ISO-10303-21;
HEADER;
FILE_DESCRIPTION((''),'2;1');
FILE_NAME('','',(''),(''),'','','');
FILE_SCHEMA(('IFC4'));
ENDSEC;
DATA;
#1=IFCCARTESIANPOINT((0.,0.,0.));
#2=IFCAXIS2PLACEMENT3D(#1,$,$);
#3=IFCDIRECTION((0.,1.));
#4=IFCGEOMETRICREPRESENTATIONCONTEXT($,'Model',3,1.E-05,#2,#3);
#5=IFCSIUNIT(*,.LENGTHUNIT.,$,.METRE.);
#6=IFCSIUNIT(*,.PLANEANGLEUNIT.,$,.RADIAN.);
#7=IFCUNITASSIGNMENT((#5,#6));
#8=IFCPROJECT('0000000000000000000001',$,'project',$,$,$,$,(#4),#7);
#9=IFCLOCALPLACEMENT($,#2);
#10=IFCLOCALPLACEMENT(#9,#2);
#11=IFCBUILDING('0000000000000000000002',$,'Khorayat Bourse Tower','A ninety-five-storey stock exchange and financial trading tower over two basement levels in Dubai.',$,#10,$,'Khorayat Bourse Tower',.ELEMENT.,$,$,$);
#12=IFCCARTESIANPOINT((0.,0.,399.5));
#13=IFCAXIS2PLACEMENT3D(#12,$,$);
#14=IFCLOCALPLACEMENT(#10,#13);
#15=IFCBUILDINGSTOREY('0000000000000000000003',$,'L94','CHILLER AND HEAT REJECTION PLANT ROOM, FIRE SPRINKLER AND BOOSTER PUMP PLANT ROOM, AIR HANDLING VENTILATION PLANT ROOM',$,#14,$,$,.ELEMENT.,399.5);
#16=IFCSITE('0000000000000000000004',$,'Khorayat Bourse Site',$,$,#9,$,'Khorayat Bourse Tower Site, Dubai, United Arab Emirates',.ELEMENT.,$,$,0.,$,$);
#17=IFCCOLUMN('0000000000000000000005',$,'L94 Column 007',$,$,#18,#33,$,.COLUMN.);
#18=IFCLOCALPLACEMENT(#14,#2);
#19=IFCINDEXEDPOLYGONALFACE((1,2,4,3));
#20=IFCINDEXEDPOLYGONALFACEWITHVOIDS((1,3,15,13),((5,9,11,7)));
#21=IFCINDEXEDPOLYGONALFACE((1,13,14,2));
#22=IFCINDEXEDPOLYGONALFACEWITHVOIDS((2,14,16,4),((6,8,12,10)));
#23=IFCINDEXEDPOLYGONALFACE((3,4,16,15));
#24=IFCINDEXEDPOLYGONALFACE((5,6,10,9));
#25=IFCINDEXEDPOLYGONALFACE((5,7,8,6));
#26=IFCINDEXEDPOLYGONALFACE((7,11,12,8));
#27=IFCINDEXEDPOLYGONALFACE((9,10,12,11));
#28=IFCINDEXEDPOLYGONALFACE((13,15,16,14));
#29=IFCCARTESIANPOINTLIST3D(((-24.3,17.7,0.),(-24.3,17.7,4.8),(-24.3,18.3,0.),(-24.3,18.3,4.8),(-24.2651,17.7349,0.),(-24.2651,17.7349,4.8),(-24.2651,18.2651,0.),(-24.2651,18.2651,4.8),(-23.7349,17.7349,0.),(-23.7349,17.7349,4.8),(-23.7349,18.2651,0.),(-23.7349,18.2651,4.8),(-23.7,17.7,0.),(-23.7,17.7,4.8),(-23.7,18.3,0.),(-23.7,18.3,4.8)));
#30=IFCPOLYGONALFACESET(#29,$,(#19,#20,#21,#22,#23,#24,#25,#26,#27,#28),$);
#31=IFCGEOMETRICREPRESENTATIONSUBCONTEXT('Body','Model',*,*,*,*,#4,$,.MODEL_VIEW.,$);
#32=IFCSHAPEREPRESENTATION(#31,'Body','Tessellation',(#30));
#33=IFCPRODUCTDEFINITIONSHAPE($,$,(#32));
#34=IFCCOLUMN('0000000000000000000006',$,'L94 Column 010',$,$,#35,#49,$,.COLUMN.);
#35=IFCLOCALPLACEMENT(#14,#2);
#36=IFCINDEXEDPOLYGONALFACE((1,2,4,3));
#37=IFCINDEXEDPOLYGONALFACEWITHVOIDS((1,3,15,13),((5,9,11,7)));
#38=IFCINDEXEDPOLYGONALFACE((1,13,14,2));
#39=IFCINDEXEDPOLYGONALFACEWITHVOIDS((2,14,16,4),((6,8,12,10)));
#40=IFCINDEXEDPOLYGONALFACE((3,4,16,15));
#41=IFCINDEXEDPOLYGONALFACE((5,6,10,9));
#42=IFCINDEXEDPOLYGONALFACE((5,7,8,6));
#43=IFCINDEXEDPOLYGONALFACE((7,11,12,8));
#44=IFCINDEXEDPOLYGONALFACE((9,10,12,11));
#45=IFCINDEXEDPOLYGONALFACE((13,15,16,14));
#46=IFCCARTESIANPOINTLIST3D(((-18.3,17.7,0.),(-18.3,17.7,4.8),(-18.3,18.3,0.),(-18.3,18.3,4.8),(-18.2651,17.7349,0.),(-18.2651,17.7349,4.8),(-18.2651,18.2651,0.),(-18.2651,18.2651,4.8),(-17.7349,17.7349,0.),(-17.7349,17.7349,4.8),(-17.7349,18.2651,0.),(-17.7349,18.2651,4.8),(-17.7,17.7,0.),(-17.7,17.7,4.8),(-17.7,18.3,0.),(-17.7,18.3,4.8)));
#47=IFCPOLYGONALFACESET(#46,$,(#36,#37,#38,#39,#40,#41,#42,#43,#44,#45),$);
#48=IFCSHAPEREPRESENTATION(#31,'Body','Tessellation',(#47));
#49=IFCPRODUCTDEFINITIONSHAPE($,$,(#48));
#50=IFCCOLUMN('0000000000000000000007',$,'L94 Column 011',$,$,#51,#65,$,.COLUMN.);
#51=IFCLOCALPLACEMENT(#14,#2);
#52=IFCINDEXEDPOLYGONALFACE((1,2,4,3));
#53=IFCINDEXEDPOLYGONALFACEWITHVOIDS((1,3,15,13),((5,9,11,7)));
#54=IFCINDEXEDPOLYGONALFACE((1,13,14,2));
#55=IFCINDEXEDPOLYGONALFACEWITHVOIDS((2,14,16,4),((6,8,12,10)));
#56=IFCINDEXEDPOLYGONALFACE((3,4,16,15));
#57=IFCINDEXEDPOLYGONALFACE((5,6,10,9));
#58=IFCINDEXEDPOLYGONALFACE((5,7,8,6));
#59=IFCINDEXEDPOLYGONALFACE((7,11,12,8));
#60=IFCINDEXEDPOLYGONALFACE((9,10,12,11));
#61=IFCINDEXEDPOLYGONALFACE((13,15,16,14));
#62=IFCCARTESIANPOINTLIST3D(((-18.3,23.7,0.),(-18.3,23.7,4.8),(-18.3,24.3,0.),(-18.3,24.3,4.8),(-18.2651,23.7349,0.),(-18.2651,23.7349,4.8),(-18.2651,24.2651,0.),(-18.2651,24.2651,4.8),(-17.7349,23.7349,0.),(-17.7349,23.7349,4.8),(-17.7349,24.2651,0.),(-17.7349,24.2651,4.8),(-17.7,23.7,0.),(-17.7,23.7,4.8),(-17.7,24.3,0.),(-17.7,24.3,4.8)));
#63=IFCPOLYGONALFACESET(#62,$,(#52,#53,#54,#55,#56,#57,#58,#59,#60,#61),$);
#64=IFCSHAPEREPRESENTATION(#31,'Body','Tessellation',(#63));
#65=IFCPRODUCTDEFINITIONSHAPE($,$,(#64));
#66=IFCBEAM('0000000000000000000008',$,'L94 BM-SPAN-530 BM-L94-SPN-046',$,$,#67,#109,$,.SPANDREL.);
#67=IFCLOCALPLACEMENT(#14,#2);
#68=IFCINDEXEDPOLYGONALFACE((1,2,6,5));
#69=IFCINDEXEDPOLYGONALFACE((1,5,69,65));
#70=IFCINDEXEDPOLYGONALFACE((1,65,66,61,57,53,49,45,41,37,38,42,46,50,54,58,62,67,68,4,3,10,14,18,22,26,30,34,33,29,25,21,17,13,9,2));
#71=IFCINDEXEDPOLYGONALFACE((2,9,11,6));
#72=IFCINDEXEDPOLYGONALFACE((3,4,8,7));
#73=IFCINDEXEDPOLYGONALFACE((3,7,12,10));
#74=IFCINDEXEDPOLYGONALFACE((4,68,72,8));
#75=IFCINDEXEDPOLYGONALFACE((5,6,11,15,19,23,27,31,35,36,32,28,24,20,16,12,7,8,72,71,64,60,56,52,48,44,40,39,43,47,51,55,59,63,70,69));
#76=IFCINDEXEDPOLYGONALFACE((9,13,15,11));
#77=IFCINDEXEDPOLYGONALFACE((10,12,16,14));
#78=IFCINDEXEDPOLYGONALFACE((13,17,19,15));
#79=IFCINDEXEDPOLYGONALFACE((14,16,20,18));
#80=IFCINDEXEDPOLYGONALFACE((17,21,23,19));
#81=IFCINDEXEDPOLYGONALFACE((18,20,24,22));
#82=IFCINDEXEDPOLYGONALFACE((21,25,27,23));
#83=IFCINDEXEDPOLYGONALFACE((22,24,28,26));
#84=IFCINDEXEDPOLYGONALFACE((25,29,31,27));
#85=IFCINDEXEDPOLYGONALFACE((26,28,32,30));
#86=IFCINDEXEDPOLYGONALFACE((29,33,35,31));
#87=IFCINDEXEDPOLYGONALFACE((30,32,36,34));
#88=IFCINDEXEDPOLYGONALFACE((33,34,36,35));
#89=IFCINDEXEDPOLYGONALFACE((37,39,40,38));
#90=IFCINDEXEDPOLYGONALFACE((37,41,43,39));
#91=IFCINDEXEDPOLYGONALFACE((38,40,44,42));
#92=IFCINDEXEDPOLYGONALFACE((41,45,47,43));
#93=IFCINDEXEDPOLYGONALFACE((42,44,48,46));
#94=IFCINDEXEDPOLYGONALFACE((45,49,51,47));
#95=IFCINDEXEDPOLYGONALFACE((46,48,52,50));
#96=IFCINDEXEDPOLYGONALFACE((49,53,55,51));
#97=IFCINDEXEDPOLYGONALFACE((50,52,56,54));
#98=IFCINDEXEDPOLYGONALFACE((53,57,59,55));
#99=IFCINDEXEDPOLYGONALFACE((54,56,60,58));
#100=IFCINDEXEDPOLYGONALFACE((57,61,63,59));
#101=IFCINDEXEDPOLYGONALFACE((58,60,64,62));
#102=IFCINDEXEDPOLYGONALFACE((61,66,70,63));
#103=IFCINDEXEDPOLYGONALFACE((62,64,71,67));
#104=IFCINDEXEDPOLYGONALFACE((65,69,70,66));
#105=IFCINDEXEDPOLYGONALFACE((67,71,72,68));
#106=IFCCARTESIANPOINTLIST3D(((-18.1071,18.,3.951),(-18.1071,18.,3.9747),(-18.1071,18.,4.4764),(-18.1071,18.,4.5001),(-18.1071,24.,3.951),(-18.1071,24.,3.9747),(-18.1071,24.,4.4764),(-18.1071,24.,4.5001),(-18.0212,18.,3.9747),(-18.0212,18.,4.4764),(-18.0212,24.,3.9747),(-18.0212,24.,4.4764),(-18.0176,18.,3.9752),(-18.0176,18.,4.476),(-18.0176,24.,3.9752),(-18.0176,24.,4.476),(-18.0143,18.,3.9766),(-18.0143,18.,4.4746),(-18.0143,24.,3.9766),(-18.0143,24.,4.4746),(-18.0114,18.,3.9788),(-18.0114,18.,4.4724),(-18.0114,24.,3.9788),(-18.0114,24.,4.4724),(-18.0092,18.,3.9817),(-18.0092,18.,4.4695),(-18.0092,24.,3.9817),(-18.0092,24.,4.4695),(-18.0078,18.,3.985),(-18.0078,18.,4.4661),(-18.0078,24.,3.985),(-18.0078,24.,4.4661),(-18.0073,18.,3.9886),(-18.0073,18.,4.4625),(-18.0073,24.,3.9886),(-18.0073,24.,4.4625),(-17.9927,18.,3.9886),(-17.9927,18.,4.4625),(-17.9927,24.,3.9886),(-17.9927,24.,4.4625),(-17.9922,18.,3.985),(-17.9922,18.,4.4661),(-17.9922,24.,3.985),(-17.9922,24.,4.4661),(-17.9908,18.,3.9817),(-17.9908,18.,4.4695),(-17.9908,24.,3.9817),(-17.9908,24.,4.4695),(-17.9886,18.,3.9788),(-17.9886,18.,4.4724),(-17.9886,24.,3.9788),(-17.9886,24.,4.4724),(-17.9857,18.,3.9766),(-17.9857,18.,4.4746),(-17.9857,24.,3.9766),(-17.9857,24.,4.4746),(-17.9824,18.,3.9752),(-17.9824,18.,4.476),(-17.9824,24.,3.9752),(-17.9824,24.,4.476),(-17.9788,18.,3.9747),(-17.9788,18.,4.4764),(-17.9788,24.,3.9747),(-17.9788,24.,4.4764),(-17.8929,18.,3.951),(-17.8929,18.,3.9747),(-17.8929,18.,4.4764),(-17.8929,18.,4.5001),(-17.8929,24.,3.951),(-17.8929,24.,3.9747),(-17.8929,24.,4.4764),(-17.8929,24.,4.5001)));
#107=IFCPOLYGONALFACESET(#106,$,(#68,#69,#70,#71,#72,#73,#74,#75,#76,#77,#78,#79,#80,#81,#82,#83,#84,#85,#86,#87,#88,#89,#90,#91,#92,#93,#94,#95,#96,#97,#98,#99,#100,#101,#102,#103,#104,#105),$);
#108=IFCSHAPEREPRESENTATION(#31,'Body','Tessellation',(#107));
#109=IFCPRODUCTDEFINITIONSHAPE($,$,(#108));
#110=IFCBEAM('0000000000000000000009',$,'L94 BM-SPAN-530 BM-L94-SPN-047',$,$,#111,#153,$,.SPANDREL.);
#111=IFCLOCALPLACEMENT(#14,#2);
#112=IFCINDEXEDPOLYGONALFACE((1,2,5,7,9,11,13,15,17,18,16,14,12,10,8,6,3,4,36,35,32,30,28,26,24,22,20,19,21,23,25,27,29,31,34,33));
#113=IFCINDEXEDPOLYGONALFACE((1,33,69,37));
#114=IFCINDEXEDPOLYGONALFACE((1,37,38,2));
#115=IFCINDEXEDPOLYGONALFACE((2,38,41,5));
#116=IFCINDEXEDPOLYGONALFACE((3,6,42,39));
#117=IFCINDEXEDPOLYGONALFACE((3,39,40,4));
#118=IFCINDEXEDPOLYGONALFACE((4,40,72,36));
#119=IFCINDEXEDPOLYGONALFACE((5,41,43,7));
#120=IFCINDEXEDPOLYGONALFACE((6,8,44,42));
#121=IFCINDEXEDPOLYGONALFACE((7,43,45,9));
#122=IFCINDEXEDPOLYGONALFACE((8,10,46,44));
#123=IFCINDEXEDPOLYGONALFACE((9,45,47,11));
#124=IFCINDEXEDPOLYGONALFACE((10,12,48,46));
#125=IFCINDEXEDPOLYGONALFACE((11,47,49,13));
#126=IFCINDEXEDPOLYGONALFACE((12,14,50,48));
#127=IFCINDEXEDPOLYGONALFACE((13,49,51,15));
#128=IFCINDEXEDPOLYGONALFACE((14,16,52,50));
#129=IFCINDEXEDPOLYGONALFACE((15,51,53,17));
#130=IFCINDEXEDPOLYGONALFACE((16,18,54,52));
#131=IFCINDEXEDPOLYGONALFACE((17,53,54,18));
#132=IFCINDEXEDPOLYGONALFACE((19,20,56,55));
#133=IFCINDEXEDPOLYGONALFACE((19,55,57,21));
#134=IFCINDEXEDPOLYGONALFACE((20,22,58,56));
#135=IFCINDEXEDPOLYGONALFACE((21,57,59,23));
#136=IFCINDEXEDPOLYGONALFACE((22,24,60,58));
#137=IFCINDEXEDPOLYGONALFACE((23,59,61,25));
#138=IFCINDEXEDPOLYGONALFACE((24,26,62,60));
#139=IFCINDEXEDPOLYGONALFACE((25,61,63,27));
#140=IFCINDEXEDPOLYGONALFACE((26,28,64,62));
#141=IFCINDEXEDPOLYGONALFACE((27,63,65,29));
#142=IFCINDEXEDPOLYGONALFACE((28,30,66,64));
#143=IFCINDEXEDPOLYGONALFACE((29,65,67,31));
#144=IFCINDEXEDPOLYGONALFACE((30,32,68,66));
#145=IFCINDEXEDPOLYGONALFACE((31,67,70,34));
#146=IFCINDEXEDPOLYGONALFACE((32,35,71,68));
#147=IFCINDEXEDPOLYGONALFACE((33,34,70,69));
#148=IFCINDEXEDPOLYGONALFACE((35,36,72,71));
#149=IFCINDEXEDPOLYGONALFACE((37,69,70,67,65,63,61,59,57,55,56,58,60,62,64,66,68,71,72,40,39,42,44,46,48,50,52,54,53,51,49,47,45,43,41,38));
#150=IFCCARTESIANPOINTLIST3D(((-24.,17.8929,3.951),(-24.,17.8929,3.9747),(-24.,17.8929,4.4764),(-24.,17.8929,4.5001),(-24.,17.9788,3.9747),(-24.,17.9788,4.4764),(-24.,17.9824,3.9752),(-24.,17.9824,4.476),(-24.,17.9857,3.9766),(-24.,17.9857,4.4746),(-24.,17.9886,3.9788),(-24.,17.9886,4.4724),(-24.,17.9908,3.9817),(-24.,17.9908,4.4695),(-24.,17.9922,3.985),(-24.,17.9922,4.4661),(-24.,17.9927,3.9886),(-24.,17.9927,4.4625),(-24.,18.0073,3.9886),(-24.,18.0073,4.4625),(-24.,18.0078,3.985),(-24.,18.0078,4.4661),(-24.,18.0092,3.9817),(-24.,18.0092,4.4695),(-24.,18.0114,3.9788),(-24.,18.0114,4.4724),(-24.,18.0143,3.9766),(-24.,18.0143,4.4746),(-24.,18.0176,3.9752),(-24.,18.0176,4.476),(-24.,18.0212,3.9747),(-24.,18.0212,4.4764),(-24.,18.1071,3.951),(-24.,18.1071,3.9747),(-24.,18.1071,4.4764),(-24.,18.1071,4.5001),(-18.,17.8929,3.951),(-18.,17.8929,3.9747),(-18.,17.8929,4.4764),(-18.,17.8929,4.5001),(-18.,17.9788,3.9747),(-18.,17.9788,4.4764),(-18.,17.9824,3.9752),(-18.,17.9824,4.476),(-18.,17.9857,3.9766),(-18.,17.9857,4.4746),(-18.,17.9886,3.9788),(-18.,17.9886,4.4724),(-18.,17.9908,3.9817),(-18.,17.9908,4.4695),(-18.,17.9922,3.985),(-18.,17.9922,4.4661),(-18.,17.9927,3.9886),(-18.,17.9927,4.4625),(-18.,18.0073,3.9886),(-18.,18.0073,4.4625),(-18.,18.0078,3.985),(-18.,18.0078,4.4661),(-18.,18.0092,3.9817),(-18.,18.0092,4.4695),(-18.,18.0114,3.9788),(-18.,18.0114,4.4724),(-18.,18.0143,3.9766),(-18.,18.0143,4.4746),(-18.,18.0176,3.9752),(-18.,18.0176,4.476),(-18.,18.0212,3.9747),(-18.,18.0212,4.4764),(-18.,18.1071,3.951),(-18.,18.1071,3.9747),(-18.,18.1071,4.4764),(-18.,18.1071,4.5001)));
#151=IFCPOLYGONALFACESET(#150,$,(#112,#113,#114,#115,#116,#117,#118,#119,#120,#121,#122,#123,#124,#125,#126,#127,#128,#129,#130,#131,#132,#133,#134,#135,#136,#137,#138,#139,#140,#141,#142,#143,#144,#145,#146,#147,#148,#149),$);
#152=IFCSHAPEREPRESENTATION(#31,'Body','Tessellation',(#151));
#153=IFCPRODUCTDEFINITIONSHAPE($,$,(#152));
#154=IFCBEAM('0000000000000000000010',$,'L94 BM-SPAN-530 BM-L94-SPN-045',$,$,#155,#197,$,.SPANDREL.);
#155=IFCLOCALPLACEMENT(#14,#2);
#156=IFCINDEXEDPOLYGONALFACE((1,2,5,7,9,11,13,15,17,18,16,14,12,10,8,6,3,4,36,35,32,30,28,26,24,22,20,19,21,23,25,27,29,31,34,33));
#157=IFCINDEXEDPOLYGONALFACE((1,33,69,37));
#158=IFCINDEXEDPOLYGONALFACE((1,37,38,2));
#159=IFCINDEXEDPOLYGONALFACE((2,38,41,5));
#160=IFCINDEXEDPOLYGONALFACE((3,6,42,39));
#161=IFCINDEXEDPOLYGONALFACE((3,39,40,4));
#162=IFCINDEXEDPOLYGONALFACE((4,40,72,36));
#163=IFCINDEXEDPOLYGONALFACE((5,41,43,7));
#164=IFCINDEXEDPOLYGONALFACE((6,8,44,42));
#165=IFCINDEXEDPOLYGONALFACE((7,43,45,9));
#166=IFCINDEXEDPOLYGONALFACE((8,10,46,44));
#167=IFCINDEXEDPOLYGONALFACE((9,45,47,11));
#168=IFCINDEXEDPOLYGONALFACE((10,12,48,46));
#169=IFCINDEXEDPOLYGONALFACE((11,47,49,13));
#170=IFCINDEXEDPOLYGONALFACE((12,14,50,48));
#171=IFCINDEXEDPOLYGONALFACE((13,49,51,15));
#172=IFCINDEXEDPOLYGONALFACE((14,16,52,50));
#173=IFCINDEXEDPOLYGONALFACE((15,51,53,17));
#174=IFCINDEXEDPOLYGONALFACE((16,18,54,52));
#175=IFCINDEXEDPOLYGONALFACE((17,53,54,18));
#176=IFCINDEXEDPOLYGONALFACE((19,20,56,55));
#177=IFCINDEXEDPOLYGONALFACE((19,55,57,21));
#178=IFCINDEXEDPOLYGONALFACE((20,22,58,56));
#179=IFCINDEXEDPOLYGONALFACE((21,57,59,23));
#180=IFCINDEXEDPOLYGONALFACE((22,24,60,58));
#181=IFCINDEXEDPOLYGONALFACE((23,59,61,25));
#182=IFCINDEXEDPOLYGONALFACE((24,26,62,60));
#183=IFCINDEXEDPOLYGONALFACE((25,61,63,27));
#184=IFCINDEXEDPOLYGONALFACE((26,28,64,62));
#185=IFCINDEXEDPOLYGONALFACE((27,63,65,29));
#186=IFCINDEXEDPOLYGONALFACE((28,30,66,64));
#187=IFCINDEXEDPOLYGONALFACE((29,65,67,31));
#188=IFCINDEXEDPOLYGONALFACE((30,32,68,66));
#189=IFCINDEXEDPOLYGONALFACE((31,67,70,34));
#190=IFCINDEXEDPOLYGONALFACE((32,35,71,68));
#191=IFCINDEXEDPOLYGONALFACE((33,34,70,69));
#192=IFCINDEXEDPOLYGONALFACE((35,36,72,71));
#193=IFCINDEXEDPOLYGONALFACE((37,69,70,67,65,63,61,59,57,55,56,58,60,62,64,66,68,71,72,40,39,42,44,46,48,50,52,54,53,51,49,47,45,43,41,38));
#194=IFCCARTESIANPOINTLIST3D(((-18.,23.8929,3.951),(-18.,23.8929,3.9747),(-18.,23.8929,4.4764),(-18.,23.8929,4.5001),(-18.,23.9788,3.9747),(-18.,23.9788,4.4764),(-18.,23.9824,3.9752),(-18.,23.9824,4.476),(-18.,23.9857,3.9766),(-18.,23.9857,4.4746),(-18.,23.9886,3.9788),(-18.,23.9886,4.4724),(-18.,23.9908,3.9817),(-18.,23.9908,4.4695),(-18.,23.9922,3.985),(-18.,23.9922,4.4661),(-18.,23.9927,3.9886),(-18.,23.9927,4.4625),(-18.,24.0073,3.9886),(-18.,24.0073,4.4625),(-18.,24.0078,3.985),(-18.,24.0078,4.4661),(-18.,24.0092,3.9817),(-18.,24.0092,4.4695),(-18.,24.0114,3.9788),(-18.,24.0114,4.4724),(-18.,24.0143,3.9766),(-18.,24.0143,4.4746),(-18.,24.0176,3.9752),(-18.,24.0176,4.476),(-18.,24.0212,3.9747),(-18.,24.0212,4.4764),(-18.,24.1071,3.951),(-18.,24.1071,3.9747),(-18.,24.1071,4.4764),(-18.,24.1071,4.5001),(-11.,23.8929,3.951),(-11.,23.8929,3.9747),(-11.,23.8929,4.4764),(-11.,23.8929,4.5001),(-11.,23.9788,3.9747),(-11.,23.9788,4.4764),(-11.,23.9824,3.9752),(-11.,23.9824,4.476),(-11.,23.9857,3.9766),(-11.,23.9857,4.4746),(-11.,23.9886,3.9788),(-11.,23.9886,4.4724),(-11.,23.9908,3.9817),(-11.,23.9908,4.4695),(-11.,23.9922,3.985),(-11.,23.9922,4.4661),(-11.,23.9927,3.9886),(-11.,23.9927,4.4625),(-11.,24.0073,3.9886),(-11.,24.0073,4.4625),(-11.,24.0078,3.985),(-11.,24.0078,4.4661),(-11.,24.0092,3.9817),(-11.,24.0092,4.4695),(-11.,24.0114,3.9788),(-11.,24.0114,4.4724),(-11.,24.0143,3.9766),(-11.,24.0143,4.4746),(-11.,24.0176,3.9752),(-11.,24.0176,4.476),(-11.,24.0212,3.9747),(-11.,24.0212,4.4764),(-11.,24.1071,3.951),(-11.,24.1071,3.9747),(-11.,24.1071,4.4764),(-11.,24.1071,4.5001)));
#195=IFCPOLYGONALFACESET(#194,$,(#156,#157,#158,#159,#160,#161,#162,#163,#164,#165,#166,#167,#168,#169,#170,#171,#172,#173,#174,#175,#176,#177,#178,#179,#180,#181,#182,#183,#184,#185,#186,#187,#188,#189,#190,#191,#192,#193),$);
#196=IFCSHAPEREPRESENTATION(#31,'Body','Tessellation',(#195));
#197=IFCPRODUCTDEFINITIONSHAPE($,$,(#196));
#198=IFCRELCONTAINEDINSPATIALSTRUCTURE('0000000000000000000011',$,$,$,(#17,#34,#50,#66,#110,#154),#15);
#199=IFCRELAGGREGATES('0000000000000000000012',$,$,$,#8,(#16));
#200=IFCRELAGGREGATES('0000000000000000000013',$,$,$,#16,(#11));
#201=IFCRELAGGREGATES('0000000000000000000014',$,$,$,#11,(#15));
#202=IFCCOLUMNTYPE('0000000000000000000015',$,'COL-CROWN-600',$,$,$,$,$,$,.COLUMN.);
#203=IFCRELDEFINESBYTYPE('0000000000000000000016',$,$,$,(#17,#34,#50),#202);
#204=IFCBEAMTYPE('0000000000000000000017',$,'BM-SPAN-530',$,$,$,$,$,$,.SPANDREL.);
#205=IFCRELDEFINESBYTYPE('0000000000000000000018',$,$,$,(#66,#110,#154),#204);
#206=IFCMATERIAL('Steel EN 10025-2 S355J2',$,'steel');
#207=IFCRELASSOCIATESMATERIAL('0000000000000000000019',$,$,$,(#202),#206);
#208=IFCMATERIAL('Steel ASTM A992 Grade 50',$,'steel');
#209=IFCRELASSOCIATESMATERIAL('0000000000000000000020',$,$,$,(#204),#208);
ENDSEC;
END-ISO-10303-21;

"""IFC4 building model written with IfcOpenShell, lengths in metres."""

from ifc_helpers import new_model, si_unit, direction, frame, origin, origin_2d, place, context, subcontext, project, spatial, hollow_rectangle, i_section, extrude, source, transform, mapped, material, material_profile, profile_set, type_object, element, save


model = new_model("IFC4")

# Units and contexts
model_context = context("Model", 3, precision=1e-05, world=origin(), true_north=direction((0.0, 1.0)))
body_context = subcontext(model_context, "Body", "Model", "MODEL_VIEW")
ifc_project = project(units=[si_unit("LENGTHUNIT", "METRE"), si_unit("PLANEANGLEUNIT", "RADIAN")], contexts=[model_context])

# Site, building, storey
site_placement = place(None, origin())
site = spatial("IfcSite", under=ifc_project, at=site_placement, Name="Khorayat Bourse Site", LongName="Khorayat Bourse Tower Site, Dubai, United Arab Emirates", CompositionType="ELEMENT", RefElevation=0.0)
building_placement = place(site_placement, origin())
building = spatial("IfcBuilding", under=site, at=building_placement, Name="Khorayat Bourse Tower", Description="A ninety-five-storey stock exchange and financial trading tower over two basement levels in Dubai.", LongName="Khorayat Bourse Tower", CompositionType="ELEMENT")
storey_placement = place(building_placement, frame((0.0, 0.0, 399.5)))
storey = spatial("IfcBuildingStorey", under=building, at=storey_placement, Name="L94", Description="CHILLER AND HEAT REJECTION PLANT ROOM, FIRE SPRINKLER AND BOOSTER PUMP PLANT ROOM, AIR HANDLING VENTILATION PLANT ROOM", CompositionType="ELEMENT", Elevation=399.5)

# Columns
ifc_material_1 = material(Name="Steel EN 10025-2 S355J2", Category="steel")
ifc_material_profile_1 = material_profile(ifc_material_1, hollow_rectangle(XDim=0.6001, YDim=0.6001, WallThickness=0.0349, at=origin_2d()), Name="BOX 600x600x35")
ifc_profile_set_1 = profile_set([ifc_material_profile_1], Name="Steel EN 10025-2 S355J2")
column_type = type_object("IfcColumnType", Name="COL-CROWN-600", PredefinedType="COLUMN", material=ifc_profile_set_1)
shared_shape_1 = source(origin(), body_context, "Body", "SweptSolid", [
    extrude(hollow_rectangle(XDim=0.6001, YDim=0.6001, WallThickness=0.0349, at=origin_2d()), origin(), (0.0, 0.0, 1.0), 4.8),
])
for number, where, z_axis, x_axis, name in (
    (1, (-24.0, 18.0, 0.0), (0.0, 0.0, 1.0), (1.0, 0.0, 0.0), "L94 Column 007"),
    (2, (-18.0, 18.0, 0.0), (0.0, 0.0, 1.0), (1.0, 0.0, 0.0), "L94 Column 010"),
    (3, (-18.0, 24.0, 0.0), (0.0, 0.0, 1.0), (1.0, 0.0, 0.0), "L94 Column 011"),
):
    element("IfcColumn", number, at=place(storey_placement, frame(where, z_axis=z_axis, x_axis=x_axis)), inside=storey, type_object=column_type, Name=name, PredefinedType="COLUMN", context=body_context, shape_type="MappedRepresentation", body=[
        mapped(shared_shape_1, transform((0.0, 0.0, 0.0), scale=1.0)),
    ])

# Beams
ifc_material_2 = material(Name="Steel ASTM A992 Grade 50", Category="steel")
ifc_material_profile_2 = material_profile(ifc_material_2, i_section(OverallWidth=0.2141, OverallDepth=0.5491, WebThickness=0.0146, FlangeThickness=0.0237, FilletRadius=0.0139, at=origin_2d()), Name="W530X138")
ifc_profile_set_2 = profile_set([ifc_material_profile_2], Name="Steel ASTM A992 Grade 50")
beam_type_1 = type_object("IfcBeamType", Name="BM-SPAN-530", PredefinedType="SPANDREL", material=ifc_profile_set_2)
shared_shape_2 = source(origin(), body_context, "Body", "SweptSolid", [
    extrude(i_section(OverallWidth=0.2141, OverallDepth=0.5491, WebThickness=0.0146, FlangeThickness=0.0237, FilletRadius=0.0139, at=origin_2d()), origin(), (0.0, 0.0, 1.0), 6.0),
])
for number, where, z_axis, x_axis, name in (
    (4, (-18.0, 18.0, 4.2256), (0.0, 1.0, 0.0), (-1.0, 0.0, 0.0), "L94 BM-SPAN-530 BM-L94-SPN-046"),
    (5, (-24.0, 18.0, 4.2256), (1.0, 0.0, 0.0), (0.0, 1.0, 0.0), "L94 BM-SPAN-530 BM-L94-SPN-047"),
):
    element("IfcBeam", number, at=place(storey_placement, frame(where, z_axis=z_axis, x_axis=x_axis)), inside=storey, type_object=beam_type_1, Name=name, PredefinedType="SPANDREL", context=body_context, shape_type="MappedRepresentation", body=[
        mapped(shared_shape_2, transform((0.0, 0.0, 0.0), scale=1.0)),
    ])
shared_shape_3 = source(origin(), body_context, "Body", "SweptSolid", [
    extrude(i_section(OverallWidth=0.2141, OverallDepth=0.5491, WebThickness=0.0146, FlangeThickness=0.0237, FilletRadius=0.0139, at=origin_2d()), origin(), (0.0, 0.0, 1.0), 7.0),
])
beam_1_placement = place(storey_placement, frame((-18.0, 24.0, 4.2256), z_axis=(1.0, 0.0, 0.0), x_axis=(0.0, 1.0, 0.0)))
element("IfcBeam", 6, at=beam_1_placement, inside=storey, type_object=beam_type_1, Name="L94 BM-SPAN-530 BM-L94-SPN-045", PredefinedType="SPANDREL", context=body_context, shape_type="MappedRepresentation", body=[
    mapped(shared_shape_3, transform((0.0, 0.0, 0.0), scale=1.0)),
])

save(model, "model.ifc")
